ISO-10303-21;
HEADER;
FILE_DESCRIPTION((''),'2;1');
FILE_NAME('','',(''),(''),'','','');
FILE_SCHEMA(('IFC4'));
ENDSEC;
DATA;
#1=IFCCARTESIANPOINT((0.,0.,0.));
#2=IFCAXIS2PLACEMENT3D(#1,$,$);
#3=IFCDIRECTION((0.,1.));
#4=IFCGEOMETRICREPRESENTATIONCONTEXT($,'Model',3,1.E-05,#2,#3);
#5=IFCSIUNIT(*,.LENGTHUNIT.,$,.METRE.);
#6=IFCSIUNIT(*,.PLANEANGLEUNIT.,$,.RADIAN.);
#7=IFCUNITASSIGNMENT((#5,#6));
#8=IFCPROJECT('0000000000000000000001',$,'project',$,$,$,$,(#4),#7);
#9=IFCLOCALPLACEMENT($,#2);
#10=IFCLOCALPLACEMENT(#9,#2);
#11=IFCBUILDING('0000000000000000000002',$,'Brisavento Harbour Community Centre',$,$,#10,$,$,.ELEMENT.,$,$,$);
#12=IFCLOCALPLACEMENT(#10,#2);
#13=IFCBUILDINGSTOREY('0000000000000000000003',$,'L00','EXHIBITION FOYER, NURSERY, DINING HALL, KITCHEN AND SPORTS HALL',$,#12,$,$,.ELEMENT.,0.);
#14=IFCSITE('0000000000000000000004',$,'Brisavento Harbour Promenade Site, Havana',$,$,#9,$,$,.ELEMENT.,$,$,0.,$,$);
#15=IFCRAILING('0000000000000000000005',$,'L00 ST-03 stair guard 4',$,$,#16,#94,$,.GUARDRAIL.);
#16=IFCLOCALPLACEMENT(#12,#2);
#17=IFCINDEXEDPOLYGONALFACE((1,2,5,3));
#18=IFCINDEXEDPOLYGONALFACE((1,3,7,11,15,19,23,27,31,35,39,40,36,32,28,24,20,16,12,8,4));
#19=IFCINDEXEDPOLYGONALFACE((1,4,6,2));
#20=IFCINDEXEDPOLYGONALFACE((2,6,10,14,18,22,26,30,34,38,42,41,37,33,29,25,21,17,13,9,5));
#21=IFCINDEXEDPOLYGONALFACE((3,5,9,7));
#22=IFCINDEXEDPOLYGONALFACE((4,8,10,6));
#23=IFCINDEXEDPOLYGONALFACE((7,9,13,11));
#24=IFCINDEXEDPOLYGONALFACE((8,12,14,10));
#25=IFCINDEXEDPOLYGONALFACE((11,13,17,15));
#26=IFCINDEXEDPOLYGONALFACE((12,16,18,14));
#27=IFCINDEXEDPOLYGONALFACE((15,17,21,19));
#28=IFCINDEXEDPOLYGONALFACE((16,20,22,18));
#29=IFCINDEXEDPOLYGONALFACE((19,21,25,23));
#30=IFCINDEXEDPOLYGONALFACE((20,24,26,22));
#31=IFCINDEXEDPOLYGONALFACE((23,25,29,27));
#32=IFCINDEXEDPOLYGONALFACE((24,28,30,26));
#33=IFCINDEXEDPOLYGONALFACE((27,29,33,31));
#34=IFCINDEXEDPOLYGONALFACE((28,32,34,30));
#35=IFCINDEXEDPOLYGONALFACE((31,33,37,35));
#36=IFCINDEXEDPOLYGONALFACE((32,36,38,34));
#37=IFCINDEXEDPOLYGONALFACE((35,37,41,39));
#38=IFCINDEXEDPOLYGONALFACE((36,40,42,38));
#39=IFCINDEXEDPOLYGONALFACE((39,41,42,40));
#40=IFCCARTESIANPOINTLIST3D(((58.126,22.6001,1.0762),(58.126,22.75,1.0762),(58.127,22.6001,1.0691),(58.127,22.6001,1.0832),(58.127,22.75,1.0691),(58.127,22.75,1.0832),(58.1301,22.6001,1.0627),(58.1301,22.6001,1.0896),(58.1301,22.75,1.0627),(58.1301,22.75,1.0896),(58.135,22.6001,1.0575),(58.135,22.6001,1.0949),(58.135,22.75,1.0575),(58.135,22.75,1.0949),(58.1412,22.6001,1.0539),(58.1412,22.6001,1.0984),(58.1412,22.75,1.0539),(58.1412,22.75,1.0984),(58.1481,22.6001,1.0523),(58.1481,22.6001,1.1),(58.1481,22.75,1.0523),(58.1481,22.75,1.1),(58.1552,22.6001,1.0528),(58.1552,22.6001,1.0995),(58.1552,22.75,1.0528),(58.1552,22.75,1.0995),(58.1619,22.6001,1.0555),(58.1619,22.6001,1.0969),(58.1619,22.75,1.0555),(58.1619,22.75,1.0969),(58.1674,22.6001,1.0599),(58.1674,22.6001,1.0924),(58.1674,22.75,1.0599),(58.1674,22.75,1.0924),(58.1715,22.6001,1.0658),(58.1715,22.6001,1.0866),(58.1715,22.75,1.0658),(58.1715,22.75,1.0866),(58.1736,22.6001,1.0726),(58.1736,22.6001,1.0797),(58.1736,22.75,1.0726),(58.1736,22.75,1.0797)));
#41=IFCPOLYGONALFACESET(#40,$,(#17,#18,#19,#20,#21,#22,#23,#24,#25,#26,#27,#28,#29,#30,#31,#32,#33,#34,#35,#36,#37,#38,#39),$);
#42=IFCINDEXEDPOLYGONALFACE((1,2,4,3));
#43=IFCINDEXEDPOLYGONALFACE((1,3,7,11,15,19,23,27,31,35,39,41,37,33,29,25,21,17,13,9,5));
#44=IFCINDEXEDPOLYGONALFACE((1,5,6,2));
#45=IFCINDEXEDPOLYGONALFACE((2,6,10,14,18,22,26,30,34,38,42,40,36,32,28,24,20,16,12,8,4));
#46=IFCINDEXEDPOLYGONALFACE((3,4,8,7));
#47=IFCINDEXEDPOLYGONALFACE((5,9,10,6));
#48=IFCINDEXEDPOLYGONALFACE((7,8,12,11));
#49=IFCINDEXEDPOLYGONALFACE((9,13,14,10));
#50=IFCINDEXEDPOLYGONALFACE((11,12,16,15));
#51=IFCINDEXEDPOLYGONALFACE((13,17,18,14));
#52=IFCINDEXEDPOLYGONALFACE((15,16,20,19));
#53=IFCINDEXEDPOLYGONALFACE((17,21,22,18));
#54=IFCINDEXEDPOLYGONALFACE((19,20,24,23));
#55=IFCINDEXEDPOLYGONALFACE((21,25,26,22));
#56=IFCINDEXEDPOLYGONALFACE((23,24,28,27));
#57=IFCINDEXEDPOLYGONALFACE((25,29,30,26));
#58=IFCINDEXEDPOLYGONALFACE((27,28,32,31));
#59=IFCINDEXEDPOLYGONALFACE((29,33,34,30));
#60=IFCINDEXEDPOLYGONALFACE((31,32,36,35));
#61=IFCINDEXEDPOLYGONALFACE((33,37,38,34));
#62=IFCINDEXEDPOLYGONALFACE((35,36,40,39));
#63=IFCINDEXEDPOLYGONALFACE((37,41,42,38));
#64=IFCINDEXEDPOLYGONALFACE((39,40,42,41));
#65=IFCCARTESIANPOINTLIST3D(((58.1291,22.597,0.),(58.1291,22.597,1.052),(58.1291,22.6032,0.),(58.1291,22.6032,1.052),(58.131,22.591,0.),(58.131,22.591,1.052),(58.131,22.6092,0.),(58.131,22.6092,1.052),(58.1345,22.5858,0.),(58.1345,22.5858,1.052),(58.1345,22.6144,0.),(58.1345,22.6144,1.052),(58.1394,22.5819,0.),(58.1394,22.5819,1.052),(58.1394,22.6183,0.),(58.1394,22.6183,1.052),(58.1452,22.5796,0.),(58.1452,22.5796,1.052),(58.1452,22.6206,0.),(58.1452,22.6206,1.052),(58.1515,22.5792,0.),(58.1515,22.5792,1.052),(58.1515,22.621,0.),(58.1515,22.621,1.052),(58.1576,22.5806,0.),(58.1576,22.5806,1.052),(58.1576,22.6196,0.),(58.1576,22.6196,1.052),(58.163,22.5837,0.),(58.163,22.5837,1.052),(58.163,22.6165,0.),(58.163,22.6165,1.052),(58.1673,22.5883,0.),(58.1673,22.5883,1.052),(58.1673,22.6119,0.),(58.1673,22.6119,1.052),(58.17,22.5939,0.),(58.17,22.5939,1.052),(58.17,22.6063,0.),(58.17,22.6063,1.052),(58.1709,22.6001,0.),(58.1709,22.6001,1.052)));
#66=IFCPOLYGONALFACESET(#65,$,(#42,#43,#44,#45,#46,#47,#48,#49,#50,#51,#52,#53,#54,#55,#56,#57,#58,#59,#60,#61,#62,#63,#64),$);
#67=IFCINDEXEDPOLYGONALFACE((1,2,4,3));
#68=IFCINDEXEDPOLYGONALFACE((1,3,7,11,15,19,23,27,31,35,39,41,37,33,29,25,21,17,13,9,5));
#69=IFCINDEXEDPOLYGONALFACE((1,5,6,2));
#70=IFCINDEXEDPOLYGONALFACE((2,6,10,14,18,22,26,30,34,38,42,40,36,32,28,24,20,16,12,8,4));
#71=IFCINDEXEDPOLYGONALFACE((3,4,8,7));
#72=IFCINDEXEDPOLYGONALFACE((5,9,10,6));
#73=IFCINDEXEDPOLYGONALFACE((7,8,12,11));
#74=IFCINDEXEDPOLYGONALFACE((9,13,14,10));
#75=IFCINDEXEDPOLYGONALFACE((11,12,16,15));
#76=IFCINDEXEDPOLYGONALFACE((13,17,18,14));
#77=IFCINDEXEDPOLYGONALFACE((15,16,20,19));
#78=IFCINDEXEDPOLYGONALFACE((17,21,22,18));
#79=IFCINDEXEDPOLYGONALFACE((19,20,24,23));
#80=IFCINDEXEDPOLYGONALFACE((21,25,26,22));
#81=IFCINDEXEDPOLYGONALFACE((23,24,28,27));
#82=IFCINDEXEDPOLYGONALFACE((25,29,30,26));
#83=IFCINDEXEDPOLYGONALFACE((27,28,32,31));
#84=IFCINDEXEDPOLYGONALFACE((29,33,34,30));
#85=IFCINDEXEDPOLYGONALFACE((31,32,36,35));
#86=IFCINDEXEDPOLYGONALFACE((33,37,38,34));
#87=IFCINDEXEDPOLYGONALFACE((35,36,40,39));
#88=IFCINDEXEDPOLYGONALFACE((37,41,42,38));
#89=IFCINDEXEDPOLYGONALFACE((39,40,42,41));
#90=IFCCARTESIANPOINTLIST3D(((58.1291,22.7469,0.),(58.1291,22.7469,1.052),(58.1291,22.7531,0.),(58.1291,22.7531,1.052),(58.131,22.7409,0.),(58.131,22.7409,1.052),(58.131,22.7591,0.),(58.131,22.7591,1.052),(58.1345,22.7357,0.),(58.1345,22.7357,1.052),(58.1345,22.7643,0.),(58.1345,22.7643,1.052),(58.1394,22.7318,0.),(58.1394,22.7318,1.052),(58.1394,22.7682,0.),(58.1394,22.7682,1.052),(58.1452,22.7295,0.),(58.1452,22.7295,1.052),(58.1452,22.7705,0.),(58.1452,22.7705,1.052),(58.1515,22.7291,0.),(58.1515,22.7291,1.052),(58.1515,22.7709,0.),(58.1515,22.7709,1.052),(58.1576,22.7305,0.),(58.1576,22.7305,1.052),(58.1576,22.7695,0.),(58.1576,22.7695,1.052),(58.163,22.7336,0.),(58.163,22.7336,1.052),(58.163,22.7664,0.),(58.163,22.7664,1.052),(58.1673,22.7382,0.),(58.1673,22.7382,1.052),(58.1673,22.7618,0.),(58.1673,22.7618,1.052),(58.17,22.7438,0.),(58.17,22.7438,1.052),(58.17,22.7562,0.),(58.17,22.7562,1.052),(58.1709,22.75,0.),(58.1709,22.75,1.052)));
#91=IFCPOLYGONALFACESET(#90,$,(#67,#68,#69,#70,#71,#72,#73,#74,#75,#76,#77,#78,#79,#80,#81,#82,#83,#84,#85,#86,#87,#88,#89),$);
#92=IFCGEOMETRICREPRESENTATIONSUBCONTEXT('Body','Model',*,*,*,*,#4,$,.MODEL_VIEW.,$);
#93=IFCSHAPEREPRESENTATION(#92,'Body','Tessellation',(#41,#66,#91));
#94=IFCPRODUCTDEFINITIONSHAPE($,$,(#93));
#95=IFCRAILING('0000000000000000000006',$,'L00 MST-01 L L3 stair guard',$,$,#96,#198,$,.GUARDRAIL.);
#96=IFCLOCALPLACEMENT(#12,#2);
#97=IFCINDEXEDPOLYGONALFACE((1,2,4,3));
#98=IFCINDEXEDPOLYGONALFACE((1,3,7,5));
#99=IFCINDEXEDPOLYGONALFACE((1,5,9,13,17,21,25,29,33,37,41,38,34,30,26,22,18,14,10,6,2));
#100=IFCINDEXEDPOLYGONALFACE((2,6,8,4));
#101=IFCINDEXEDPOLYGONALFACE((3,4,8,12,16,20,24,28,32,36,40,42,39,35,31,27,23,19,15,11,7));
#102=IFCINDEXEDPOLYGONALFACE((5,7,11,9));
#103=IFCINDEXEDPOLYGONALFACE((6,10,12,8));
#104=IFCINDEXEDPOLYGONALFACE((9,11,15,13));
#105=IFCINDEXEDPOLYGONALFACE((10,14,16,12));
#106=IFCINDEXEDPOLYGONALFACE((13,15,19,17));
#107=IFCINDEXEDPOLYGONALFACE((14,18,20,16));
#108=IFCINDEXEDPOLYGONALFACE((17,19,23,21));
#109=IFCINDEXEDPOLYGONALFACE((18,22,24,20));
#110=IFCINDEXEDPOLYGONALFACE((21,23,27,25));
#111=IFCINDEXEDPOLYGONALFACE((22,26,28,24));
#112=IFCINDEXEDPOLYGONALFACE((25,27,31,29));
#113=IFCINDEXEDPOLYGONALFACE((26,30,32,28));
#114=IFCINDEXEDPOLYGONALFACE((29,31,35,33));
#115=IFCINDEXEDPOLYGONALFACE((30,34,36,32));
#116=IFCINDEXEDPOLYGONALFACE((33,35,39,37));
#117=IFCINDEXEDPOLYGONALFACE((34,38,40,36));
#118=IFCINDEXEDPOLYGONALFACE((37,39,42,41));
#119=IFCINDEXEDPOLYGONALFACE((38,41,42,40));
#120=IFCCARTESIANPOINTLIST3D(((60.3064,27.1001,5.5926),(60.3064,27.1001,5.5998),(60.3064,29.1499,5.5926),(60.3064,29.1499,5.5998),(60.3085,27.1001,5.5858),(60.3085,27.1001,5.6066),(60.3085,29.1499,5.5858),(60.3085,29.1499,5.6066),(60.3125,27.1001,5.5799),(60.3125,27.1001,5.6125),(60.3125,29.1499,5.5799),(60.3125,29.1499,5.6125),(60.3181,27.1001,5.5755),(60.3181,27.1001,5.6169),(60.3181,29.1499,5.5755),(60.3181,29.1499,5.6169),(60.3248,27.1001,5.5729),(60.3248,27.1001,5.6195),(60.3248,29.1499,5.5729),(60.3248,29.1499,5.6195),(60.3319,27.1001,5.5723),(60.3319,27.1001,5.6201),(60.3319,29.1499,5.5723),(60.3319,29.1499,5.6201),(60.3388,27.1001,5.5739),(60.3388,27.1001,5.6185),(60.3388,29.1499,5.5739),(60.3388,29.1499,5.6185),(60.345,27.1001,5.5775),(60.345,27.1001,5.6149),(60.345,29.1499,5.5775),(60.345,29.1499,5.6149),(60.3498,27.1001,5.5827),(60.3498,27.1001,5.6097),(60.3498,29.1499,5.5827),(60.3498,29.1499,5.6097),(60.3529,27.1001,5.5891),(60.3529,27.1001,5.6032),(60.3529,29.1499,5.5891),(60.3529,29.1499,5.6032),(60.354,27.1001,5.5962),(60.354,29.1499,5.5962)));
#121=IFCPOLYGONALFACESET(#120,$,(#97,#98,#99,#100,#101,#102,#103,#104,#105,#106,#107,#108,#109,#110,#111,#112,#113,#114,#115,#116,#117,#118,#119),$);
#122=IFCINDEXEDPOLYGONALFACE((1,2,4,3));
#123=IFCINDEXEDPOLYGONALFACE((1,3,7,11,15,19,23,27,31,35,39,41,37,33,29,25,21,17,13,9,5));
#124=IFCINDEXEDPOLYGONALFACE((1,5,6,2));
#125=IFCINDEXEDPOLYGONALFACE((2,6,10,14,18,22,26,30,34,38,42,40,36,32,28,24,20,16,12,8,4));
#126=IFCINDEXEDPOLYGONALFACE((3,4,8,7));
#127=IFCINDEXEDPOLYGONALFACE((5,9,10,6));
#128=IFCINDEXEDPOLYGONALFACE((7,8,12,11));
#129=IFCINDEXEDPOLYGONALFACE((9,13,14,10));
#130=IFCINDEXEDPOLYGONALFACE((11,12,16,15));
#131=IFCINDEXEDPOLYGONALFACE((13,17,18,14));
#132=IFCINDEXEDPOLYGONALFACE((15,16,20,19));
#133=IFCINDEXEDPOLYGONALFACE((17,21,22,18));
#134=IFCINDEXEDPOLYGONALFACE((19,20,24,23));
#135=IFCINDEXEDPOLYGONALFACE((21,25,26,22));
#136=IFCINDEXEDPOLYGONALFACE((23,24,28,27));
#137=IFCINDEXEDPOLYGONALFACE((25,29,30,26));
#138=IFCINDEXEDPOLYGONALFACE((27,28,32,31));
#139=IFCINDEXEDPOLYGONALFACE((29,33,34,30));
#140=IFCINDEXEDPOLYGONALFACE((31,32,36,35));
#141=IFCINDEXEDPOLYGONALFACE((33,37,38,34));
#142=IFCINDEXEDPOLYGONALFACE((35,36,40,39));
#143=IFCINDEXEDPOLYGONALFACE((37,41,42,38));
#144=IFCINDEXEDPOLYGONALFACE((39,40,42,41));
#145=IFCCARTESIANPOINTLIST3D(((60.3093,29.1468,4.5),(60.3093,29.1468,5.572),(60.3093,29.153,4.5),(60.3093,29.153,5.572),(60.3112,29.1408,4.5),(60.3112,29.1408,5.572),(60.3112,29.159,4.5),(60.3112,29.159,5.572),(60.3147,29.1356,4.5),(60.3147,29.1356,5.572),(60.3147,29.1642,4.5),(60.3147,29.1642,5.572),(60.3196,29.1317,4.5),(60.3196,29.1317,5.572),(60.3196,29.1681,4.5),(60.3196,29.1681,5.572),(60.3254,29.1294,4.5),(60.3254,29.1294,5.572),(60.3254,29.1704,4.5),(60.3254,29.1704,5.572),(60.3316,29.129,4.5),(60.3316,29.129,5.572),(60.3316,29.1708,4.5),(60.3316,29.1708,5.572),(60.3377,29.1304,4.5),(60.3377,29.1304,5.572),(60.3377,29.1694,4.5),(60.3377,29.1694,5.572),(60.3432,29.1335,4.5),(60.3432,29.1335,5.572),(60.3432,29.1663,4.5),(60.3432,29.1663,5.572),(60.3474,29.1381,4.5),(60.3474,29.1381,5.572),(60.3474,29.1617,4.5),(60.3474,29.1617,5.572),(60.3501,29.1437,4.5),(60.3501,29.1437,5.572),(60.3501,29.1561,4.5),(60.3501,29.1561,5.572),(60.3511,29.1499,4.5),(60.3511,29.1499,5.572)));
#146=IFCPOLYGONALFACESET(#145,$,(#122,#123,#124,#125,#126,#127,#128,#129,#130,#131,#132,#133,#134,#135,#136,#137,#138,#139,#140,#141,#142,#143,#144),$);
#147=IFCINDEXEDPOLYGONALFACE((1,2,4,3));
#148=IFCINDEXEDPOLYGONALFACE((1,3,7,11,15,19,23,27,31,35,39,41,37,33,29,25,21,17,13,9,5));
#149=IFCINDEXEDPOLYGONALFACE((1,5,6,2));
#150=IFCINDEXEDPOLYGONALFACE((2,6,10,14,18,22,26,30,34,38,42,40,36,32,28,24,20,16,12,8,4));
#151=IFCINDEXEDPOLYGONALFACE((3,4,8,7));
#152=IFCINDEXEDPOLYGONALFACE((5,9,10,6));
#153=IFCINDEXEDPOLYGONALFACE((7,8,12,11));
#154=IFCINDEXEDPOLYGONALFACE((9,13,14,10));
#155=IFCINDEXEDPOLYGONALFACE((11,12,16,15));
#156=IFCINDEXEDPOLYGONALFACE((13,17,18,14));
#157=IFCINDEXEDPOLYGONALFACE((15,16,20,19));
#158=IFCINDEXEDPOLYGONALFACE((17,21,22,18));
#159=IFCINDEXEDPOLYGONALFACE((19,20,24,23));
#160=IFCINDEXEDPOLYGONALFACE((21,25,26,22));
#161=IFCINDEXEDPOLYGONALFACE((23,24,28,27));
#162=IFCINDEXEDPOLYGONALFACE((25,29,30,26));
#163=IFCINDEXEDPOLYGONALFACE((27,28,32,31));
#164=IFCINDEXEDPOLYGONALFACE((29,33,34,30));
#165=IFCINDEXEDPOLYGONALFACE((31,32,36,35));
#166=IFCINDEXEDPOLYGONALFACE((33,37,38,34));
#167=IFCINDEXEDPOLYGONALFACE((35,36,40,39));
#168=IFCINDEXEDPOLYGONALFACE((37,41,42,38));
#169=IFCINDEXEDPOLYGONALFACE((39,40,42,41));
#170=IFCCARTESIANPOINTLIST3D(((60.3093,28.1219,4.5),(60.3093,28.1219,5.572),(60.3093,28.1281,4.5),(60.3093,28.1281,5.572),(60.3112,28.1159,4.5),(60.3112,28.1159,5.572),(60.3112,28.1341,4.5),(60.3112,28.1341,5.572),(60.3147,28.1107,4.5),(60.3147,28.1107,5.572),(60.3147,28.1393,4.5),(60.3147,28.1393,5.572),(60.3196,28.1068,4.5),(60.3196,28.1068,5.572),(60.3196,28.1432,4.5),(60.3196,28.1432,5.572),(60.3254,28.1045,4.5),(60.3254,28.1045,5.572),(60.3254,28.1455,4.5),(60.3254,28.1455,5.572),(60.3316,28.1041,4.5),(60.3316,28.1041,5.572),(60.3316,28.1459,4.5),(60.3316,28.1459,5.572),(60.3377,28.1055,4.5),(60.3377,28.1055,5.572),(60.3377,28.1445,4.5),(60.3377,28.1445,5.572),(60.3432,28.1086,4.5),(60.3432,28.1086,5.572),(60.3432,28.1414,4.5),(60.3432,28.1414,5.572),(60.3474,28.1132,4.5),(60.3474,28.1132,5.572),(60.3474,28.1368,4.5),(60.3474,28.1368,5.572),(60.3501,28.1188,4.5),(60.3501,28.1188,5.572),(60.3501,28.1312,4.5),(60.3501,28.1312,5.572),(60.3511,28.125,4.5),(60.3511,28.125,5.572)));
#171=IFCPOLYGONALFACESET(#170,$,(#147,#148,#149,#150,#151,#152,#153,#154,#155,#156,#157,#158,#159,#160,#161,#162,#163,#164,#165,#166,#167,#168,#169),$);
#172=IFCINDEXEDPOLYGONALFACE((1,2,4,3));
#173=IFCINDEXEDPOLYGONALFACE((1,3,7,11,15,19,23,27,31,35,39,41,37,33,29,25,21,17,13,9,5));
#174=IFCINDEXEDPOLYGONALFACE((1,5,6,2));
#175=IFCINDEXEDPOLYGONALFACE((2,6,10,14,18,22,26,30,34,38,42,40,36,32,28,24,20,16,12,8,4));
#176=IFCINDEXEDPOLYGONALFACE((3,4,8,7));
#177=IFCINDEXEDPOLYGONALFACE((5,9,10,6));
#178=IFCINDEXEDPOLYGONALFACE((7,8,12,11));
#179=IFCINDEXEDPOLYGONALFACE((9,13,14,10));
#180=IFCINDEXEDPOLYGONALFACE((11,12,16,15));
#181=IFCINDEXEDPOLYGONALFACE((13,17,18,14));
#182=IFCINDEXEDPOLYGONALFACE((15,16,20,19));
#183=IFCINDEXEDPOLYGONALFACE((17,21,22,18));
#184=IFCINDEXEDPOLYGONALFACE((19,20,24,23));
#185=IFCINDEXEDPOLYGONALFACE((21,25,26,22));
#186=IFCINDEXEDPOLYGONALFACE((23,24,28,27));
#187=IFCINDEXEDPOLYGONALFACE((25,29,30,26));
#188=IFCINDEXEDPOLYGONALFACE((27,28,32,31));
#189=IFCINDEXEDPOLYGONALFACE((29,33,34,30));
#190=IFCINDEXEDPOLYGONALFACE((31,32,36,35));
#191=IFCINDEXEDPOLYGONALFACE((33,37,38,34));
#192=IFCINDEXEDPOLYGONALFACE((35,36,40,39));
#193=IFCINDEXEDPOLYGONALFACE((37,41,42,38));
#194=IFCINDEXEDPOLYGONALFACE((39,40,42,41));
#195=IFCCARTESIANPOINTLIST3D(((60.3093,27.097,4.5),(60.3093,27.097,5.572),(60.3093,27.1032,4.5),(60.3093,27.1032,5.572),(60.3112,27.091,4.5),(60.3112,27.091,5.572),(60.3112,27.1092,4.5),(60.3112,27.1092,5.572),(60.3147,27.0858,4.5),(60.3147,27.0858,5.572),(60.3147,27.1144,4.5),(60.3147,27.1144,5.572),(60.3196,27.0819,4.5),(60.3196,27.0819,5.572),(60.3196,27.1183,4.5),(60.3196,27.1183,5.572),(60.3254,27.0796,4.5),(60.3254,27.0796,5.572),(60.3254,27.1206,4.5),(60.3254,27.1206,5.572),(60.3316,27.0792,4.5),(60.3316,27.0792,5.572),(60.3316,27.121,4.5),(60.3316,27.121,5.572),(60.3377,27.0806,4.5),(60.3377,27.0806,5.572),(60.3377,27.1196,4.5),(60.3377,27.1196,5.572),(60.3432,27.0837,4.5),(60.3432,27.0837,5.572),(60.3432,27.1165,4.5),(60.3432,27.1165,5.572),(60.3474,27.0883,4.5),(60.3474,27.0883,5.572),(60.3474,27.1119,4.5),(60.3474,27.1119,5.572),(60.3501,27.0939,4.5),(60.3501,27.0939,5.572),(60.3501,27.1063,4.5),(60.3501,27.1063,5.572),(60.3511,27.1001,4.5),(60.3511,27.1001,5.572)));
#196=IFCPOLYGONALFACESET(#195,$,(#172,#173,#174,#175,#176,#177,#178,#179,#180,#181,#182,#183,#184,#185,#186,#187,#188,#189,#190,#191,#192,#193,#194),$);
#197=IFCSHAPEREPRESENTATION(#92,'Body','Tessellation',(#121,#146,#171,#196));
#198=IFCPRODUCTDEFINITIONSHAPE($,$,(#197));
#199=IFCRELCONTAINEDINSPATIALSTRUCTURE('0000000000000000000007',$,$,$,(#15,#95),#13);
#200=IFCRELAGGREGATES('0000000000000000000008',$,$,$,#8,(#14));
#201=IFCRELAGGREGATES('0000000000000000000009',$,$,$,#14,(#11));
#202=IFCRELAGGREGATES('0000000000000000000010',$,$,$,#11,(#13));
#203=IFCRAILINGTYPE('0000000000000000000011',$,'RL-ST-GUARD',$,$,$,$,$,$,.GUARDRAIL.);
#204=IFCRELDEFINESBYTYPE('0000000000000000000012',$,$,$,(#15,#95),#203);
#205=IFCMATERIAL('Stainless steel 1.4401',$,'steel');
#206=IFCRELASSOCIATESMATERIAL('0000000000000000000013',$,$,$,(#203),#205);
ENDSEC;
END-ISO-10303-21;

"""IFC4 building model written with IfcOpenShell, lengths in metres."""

from ifc_helpers import new_model, si_unit, direction, frame, origin, origin_2d, place, context, subcontext, project, spatial, circle, extrude, material, type_object, element, save


model = new_model("IFC4")

# Units and contexts
model_context = context("Model", 3, precision=1e-05, world=origin(), true_north=direction((0.0, 1.0)))
body_context = subcontext(model_context, "Body", "Model", "MODEL_VIEW")
ifc_project = project(units=[si_unit("LENGTHUNIT", "METRE"), si_unit("PLANEANGLEUNIT", "RADIAN")], contexts=[model_context])

# Site, building, storey
site_placement = place(None, origin())
site = spatial("IfcSite", under=ifc_project, at=site_placement, Name="Brisavento Harbour Promenade Site, Havana", CompositionType="ELEMENT", RefElevation=0.0)
building_placement = place(site_placement, origin())
building = spatial("IfcBuilding", under=site, at=building_placement, Name="Brisavento Harbour Community Centre", CompositionType="ELEMENT")
storey_placement = place(building_placement, origin())
storey = spatial("IfcBuildingStorey", under=building, at=storey_placement, Name="L00", Description="EXHIBITION FOYER, NURSERY, DINING HALL, KITCHEN AND SPORTS HALL", CompositionType="ELEMENT", Elevation=0.0)

# Railings
ifc_material_1 = material(Name="Stainless steel 1.4401", Category="steel")
railing_type_1 = type_object("IfcRailingType", Name="RL-ST-GUARD", PredefinedType="GUARDRAIL", material=ifc_material_1)
railing_1_placement = place(storey_placement, frame((58.1499, 22.6001, 0.0)))
element("IfcRailing", 1, at=railing_1_placement, inside=storey, type_object=railing_type_1, Name="L00 ST-03 stair guard 4", PredefinedType="GUARDRAIL", context=body_context, shape_type="SweptSolid", body=[
    extrude(circle(Radius=0.0239, at=origin_2d()), frame((0.0, 0.0, 1.0762), z_axis=(0.0, 1.0, 0.0), x_axis=(-1.0, 0.0, 0.0)), (0.0, 0.0, 1.0), 0.1499),
    extrude(circle(Radius=0.021, at=origin_2d()), origin(), (0.0, 0.0, 1.0), 1.052),
    extrude(circle(Radius=0.021, at=origin_2d()), frame((0.0, 0.1499, 0.0)), (0.0, 0.0, 1.0), 1.052),
])
for number, where, name in (
    (2, (60.3301, 29.1499, 4.5), "L00 MST-01 L L3 stair guard"),
):
    element("IfcRailing", number, at=place(storey_placement, frame(where)), inside=storey, type_object=railing_type_1, Name=name, PredefinedType="GUARDRAIL", context=body_context, shape_type="SweptSolid", body=[
        extrude(circle(Radius=0.0239, at=origin_2d()), frame((0.0, 0.0, 1.0962), z_axis=(0.0, -1.0, 0.0), x_axis=(1.0, 0.0, 0.0)), (0.0, 0.0, 1.0), 2.0498),
        extrude(circle(Radius=0.021, at=origin_2d()), origin(), (0.0, 0.0, 1.0), 1.072),
        extrude(circle(Radius=0.021, at=origin_2d()), frame((0.0, -1.0249, 0.0)), (0.0, 0.0, 1.0), 1.072),
        extrude(circle(Radius=0.021, at=origin_2d()), frame((0.0, -2.0498, 0.0)), (0.0, 0.0, 1.0), 1.072),
    ])

save(model, "model.ifc")
